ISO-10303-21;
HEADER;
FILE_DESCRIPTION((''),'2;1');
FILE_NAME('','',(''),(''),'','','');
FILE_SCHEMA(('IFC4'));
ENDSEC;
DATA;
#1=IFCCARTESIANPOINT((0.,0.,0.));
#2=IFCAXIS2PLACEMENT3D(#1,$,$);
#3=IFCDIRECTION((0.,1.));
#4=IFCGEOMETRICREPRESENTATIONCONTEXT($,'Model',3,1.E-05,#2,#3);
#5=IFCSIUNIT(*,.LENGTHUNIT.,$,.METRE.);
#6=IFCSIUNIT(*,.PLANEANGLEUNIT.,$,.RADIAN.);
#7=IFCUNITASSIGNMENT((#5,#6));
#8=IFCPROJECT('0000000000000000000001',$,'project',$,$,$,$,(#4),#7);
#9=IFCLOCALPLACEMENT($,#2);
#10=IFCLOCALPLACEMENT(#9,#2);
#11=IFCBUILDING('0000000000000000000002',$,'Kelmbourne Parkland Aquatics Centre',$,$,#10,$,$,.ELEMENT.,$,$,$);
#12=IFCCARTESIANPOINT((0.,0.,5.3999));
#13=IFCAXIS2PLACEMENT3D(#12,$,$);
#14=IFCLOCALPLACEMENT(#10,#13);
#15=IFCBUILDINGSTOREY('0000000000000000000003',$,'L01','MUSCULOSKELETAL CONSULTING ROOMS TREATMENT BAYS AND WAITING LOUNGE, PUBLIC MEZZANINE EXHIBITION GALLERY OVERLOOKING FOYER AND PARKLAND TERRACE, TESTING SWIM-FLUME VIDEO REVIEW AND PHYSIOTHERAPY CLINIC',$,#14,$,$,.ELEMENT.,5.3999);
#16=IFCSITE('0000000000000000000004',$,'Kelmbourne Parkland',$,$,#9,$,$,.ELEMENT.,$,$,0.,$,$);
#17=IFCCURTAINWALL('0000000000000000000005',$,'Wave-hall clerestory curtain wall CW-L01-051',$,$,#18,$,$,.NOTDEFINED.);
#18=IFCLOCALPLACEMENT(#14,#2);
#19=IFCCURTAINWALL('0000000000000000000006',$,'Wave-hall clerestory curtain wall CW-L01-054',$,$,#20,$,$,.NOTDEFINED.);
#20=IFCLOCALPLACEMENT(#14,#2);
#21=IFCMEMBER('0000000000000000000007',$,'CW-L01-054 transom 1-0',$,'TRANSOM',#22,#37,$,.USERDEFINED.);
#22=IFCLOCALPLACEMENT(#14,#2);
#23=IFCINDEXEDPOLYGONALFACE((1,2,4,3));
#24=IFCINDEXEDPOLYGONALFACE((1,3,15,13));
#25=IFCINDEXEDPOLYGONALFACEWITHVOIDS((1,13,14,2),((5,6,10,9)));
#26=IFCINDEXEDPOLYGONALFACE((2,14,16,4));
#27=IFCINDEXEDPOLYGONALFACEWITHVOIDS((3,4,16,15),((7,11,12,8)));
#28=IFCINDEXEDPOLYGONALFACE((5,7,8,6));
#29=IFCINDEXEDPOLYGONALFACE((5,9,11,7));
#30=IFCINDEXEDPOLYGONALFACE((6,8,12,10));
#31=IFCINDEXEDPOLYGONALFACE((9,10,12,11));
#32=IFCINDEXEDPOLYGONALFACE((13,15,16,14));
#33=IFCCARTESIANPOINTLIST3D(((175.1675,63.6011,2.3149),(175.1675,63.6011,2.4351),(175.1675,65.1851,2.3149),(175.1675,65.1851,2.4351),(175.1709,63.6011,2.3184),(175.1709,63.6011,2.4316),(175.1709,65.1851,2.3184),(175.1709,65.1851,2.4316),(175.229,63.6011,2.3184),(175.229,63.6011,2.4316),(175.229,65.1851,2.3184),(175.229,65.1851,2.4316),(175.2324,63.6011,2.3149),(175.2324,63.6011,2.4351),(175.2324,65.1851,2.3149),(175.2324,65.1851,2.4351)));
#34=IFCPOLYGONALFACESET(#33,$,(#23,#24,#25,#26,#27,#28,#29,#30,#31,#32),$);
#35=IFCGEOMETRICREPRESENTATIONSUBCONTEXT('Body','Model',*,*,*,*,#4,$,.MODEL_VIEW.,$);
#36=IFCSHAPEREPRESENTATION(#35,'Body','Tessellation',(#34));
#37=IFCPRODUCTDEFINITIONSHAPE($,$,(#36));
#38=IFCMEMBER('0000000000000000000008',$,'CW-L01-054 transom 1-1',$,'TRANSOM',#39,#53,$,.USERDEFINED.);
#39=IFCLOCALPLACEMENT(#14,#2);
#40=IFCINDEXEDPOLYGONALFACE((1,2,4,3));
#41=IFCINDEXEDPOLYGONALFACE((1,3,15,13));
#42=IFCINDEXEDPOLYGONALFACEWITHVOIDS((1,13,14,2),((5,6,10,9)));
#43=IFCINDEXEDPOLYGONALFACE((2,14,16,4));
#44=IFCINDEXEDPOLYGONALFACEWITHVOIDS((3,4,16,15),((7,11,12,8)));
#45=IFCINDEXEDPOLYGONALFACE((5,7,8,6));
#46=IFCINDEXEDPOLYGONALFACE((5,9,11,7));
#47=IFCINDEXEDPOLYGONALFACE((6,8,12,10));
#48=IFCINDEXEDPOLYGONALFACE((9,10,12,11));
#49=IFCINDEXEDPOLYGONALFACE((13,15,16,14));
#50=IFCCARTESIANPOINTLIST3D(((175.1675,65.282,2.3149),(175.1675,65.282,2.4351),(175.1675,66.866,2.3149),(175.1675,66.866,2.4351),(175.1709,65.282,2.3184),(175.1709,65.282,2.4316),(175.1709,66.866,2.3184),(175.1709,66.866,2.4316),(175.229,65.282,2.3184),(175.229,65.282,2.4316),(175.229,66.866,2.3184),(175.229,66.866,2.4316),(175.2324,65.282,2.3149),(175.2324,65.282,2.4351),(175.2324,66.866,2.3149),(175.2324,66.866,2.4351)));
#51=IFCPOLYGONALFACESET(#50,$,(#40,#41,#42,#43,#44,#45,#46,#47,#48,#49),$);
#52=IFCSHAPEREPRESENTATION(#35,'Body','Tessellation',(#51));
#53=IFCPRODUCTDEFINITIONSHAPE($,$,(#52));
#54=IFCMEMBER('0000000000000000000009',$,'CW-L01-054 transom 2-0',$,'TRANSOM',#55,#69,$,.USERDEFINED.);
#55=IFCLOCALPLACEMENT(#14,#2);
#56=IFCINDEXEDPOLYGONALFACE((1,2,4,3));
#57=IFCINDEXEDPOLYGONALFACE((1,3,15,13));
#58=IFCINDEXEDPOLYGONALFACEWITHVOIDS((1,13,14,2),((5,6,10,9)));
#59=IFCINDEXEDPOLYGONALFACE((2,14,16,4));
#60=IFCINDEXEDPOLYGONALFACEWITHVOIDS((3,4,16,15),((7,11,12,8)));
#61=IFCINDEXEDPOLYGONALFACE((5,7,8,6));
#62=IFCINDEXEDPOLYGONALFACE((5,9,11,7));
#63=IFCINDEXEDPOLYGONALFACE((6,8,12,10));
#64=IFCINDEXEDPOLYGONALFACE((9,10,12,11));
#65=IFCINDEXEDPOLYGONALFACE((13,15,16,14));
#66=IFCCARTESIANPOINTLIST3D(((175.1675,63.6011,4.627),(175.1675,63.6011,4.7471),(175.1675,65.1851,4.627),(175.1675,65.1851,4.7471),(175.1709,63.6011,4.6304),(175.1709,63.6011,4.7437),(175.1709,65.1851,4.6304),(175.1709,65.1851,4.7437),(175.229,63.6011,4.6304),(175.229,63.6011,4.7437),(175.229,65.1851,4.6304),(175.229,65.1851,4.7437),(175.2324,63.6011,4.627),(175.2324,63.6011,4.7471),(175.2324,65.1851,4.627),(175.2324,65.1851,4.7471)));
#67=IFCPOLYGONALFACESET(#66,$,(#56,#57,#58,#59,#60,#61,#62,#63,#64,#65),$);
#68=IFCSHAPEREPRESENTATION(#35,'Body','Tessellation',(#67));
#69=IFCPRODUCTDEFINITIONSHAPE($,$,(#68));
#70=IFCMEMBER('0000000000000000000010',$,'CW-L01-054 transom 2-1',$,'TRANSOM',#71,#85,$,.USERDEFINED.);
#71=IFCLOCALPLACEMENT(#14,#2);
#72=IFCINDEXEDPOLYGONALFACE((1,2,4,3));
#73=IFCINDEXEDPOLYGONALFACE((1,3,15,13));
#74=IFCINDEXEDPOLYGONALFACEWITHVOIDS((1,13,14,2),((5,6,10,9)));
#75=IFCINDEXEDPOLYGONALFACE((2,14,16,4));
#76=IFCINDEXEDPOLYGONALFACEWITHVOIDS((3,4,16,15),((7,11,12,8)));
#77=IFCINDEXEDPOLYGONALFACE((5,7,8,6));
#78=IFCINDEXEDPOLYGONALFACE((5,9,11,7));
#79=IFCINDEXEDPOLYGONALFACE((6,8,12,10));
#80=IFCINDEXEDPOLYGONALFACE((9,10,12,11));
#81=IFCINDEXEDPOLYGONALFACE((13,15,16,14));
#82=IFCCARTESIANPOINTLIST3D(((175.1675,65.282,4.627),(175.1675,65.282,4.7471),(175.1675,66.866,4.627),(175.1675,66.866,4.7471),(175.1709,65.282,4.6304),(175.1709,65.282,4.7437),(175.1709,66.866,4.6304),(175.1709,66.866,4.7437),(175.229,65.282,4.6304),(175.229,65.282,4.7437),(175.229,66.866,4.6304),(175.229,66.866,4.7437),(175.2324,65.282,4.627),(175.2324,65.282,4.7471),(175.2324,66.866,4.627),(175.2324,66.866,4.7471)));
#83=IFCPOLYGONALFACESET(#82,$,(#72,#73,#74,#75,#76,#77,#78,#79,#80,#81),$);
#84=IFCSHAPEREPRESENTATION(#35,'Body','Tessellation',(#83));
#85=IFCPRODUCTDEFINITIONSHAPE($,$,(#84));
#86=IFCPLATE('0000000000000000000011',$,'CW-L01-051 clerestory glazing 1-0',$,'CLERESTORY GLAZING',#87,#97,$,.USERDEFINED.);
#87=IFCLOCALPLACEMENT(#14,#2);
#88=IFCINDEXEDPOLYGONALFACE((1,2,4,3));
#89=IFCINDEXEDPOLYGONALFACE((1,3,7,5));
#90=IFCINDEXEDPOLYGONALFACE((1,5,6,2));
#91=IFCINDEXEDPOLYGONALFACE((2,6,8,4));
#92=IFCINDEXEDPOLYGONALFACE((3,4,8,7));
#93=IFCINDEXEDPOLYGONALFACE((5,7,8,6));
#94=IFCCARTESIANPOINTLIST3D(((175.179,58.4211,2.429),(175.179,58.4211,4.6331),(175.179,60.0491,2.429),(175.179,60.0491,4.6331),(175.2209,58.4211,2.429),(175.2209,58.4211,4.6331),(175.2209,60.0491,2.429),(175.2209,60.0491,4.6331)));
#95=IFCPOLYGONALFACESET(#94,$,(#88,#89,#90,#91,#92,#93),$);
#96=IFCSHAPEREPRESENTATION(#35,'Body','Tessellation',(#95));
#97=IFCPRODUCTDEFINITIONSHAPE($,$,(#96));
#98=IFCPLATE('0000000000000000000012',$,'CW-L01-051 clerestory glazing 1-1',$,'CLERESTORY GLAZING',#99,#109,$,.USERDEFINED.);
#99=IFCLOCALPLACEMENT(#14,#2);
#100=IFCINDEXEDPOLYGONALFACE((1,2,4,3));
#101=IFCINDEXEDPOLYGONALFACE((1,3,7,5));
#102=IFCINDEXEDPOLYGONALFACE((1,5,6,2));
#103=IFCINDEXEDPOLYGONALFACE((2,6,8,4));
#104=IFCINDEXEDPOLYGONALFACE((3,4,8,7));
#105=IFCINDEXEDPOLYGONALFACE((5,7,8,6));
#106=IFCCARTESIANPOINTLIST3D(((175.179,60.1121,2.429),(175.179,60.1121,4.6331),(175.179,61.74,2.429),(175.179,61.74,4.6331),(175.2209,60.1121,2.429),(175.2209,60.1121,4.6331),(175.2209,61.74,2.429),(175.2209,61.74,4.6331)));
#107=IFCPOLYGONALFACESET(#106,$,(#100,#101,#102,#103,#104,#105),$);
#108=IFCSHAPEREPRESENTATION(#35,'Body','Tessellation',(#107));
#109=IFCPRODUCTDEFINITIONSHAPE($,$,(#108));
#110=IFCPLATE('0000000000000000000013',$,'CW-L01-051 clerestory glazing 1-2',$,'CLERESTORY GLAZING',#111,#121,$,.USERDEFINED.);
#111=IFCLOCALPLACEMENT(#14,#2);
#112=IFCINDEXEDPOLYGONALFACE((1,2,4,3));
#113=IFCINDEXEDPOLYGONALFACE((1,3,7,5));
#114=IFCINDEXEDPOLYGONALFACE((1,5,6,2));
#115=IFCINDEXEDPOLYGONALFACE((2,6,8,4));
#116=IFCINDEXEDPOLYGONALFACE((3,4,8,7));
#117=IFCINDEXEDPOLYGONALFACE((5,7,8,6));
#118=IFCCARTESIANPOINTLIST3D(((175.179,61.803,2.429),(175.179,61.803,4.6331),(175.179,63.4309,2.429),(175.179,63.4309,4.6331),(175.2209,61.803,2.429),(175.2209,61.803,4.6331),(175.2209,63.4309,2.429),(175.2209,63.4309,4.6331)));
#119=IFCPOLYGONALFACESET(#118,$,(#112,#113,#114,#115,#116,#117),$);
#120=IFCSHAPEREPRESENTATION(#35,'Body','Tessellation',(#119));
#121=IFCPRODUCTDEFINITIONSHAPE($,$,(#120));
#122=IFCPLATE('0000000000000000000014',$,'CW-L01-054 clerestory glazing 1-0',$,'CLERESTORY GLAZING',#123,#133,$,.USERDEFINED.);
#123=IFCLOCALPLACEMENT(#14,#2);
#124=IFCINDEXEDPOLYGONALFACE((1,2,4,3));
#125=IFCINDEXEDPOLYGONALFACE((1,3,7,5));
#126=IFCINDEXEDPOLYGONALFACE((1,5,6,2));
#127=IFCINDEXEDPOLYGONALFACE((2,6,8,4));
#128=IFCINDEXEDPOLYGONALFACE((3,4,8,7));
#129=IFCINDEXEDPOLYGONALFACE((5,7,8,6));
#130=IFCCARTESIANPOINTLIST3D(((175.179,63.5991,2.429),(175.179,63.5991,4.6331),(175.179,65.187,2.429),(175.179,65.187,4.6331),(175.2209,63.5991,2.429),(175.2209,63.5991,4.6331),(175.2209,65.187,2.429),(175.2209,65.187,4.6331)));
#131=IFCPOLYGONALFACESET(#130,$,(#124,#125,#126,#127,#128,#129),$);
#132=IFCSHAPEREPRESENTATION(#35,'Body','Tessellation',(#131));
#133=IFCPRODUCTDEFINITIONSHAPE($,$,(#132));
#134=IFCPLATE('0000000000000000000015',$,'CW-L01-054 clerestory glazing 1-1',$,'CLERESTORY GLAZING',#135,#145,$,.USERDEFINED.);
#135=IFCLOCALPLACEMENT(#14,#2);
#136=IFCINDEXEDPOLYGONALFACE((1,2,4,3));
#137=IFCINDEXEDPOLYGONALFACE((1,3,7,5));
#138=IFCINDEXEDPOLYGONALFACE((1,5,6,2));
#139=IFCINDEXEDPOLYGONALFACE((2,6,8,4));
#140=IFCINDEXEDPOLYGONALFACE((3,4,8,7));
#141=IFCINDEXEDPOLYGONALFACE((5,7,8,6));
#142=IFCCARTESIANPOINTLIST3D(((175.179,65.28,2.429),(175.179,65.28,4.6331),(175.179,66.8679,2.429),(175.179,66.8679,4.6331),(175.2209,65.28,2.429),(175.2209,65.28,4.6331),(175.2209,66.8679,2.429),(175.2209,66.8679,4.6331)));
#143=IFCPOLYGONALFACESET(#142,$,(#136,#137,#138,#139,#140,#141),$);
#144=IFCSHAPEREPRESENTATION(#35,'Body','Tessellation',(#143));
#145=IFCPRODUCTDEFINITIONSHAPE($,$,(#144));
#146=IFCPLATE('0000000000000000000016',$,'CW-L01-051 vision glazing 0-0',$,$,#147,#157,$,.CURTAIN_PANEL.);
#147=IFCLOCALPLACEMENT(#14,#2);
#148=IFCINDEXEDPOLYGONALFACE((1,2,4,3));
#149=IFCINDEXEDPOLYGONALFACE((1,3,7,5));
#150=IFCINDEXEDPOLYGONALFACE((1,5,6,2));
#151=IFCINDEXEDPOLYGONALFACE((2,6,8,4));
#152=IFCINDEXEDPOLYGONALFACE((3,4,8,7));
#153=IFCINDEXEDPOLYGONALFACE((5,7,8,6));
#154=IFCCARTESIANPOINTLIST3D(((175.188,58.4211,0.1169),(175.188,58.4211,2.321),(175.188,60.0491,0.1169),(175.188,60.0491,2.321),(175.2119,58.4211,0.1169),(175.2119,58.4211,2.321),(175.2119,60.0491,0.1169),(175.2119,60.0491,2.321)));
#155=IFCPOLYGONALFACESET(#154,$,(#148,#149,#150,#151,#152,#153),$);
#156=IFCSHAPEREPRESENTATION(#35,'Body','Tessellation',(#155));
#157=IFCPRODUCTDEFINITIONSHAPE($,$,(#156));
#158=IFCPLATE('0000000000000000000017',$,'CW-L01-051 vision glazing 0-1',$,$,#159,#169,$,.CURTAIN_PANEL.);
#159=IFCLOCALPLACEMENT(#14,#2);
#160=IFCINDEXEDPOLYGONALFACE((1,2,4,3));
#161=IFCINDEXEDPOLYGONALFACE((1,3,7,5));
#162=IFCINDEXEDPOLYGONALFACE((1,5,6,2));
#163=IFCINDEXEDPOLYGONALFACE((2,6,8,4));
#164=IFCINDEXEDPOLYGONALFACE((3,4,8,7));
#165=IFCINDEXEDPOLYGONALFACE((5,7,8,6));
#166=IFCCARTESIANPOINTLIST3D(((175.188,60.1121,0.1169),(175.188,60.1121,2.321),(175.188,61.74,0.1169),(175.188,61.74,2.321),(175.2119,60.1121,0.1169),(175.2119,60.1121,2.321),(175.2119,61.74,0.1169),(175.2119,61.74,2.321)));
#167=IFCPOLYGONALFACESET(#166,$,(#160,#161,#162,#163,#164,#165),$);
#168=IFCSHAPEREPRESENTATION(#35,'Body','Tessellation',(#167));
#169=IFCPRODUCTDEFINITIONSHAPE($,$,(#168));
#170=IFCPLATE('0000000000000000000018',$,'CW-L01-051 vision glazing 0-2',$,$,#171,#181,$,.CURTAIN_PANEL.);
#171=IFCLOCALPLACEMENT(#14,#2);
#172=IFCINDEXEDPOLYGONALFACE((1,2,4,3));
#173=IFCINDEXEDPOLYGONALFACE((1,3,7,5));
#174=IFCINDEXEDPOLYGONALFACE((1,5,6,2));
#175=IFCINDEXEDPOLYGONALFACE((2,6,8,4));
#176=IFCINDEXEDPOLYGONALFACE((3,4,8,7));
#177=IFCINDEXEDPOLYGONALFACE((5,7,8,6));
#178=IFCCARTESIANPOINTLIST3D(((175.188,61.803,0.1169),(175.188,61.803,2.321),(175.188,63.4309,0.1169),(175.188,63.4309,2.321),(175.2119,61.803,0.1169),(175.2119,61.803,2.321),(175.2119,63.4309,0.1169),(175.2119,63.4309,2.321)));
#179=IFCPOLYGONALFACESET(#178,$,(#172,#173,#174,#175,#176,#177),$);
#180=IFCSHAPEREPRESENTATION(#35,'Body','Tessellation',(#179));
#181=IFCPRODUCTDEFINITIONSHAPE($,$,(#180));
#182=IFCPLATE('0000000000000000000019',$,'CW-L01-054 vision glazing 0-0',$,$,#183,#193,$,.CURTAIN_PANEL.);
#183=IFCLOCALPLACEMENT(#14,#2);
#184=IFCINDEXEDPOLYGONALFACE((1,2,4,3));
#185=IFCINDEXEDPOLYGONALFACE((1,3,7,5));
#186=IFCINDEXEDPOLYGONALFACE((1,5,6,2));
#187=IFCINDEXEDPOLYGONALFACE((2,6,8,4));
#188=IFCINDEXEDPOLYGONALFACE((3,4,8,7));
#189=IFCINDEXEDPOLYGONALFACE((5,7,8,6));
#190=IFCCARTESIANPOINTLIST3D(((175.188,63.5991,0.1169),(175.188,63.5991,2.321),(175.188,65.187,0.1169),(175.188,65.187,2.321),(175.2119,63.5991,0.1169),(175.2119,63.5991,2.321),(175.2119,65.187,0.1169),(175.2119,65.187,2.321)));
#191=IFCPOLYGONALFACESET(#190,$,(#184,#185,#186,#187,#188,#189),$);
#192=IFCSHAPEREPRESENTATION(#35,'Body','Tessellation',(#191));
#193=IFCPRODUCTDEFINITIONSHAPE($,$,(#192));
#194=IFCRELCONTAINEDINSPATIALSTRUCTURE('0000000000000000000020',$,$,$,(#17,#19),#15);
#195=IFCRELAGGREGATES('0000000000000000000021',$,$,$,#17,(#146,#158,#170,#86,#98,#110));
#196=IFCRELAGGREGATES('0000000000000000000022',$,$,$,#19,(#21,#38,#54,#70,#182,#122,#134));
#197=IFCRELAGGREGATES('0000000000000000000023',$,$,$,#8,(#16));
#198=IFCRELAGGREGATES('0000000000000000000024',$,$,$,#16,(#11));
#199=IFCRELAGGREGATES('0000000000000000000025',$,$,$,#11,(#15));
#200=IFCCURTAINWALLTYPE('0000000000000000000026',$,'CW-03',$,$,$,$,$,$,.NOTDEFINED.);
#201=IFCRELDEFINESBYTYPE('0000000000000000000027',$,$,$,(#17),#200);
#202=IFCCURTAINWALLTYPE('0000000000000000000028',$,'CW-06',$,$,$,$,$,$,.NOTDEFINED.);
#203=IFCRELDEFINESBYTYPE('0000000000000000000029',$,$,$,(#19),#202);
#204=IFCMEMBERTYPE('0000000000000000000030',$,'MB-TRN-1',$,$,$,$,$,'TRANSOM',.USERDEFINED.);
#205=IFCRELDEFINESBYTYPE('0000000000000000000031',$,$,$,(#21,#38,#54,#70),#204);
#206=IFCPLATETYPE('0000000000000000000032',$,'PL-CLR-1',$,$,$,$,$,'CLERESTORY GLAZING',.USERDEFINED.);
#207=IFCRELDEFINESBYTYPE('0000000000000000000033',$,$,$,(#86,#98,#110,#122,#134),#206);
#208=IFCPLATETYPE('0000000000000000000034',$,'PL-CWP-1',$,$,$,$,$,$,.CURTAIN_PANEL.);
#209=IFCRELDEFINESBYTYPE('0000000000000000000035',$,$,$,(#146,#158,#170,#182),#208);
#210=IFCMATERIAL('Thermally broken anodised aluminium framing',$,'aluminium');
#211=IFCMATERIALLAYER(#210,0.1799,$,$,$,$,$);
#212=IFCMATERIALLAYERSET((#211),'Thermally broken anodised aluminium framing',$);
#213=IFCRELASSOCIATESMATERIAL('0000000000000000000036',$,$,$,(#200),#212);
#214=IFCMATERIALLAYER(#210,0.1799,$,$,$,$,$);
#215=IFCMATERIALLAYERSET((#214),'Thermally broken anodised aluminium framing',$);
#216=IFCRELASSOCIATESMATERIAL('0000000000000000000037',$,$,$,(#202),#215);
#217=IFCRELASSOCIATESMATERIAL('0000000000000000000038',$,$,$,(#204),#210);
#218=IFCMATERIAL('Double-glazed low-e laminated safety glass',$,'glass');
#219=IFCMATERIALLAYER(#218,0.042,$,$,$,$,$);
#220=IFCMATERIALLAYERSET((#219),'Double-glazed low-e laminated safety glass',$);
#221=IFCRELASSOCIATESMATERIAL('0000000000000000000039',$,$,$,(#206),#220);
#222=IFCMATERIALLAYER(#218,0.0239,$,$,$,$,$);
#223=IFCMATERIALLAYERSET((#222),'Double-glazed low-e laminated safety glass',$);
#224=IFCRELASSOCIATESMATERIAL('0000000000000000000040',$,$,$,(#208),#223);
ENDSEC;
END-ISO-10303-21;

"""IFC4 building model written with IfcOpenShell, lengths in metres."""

from ifc_helpers import new_model, si_unit, direction, frame, origin, origin_2d, place, context, subcontext, project, spatial, rectangle, hollow_rectangle, extrude, material, layer, layer_set, material_profile, profile_set, type_object, element, aggregate, save


model = new_model("IFC4")

# Units and contexts
model_context = context("Model", 3, precision=1e-05, world=origin(), true_north=direction((0.0, 1.0)))
body_context = subcontext(model_context, "Body", "Model", "MODEL_VIEW")
ifc_project = project(units=[si_unit("LENGTHUNIT", "METRE"), si_unit("PLANEANGLEUNIT", "RADIAN")], contexts=[model_context])

# Site, building, storey
site_placement = place(None, origin())
site = spatial("IfcSite", under=ifc_project, at=site_placement, Name="Kelmbourne Parkland", CompositionType="ELEMENT", RefElevation=0.0)
building_placement = place(site_placement, origin())
building = spatial("IfcBuilding", under=site, at=building_placement, Name="Kelmbourne Parkland Aquatics Centre", CompositionType="ELEMENT")
storey_placement = place(building_placement, frame((0.0, 0.0, 5.3999)))
storey = spatial("IfcBuildingStorey", under=building, at=storey_placement, Name="L01", Description="MUSCULOSKELETAL CONSULTING ROOMS TREATMENT BAYS AND WAITING LOUNGE, PUBLIC MEZZANINE EXHIBITION GALLERY OVERLOOKING FOYER AND PARKLAND TERRACE, TESTING SWIM-FLUME VIDEO REVIEW AND PHYSIOTHERAPY CLINIC", CompositionType="ELEMENT", Elevation=5.3999)

# Curtain wall
ifc_material_1 = material(Name="Thermally broken anodised aluminium framing", Category="aluminium")
ifc_layer_1 = layer(ifc_material_1, 0.1799)
ifc_layer_set_1 = layer_set([ifc_layer_1], Name="Thermally broken anodised aluminium framing")
curtain_wall_type_1 = type_object("IfcCurtainWallType", Name="CW-03", PredefinedType="NOTDEFINED", material=ifc_layer_set_1)
curtain_wall_1_placement = place(storey_placement, origin())
curtain_wall_1 = element("IfcCurtainWall", 1, at=curtain_wall_1_placement, inside=storey, type_object=curtain_wall_type_1, Name="Wave-hall clerestory curtain wall CW-L01-051", PredefinedType="NOTDEFINED")

# Curtain wall
ifc_layer_2 = layer(ifc_material_1, 0.1799)
ifc_layer_set_2 = layer_set([ifc_layer_2], Name="Thermally broken anodised aluminium framing")
curtain_wall_type_2 = type_object("IfcCurtainWallType", Name="CW-06", PredefinedType="NOTDEFINED", material=ifc_layer_set_2)
curtain_wall_2_placement = place(storey_placement, origin())
curtain_wall_2 = element("IfcCurtainWall", 2, at=curtain_wall_2_placement, inside=storey, type_object=curtain_wall_type_2, Name="Wave-hall clerestory curtain wall CW-L01-054", PredefinedType="NOTDEFINED")

# Members
ifc_material_profile_1 = material_profile(ifc_material_1, hollow_rectangle(XDim=0.0649, YDim=0.1201, WallThickness=0.0034, at=origin_2d()), Name="CW-T 65x120")
ifc_profile_set_1 = profile_set([ifc_material_profile_1], Name="Thermally broken anodised aluminium framing")
member_type_1 = type_object("IfcMemberType", Name="MB-TRN-1", ElementType="TRANSOM", PredefinedType="USERDEFINED", material=ifc_profile_set_1)
member_1_placement = place(storey_placement, frame((175.2, 63.6011, 2.375), z_axis=(0.0, 1.0, 0.0), x_axis=(-1.0, 0.0, 0.0)))
member_1 = element("IfcMember", 3, at=member_1_placement, type_object=member_type_1, Name="CW-L01-054 transom 1-0", ObjectType="TRANSOM", PredefinedType="USERDEFINED", context=body_context, shape_type="SweptSolid", body=[
    extrude(hollow_rectangle(XDim=0.0649, YDim=0.1201, WallThickness=0.0034, at=origin_2d()), origin(), (0.0, 0.0, 1.0), 1.584),
])
member_2_placement = place(storey_placement, frame((175.2, 65.282, 2.375), z_axis=(0.0, 1.0, 0.0), x_axis=(-1.0, 0.0, 0.0)))
member_2 = element("IfcMember", 4, at=member_2_placement, type_object=member_type_1, Name="CW-L01-054 transom 1-1", ObjectType="TRANSOM", PredefinedType="USERDEFINED", context=body_context, shape_type="SweptSolid", body=[
    extrude(hollow_rectangle(XDim=0.0649, YDim=0.1201, WallThickness=0.0034, at=origin_2d()), origin(), (0.0, 0.0, 1.0), 1.584),
])
member_3_placement = place(storey_placement, frame((175.2, 63.6011, 4.687), z_axis=(0.0, 1.0, 0.0), x_axis=(-1.0, 0.0, 0.0)))
member_3 = element("IfcMember", 5, at=member_3_placement, type_object=member_type_1, Name="CW-L01-054 transom 2-0", ObjectType="TRANSOM", PredefinedType="USERDEFINED", context=body_context, shape_type="SweptSolid", body=[
    extrude(hollow_rectangle(XDim=0.0649, YDim=0.1201, WallThickness=0.0034, at=origin_2d()), origin(), (0.0, 0.0, 1.0), 1.584),
])
member_4_placement = place(storey_placement, frame((175.2, 65.282, 4.687), z_axis=(0.0, 1.0, 0.0), x_axis=(-1.0, 0.0, 0.0)))
member_4 = element("IfcMember", 6, at=member_4_placement, type_object=member_type_1, Name="CW-L01-054 transom 2-1", ObjectType="TRANSOM", PredefinedType="USERDEFINED", context=body_context, shape_type="SweptSolid", body=[
    extrude(hollow_rectangle(XDim=0.0649, YDim=0.1201, WallThickness=0.0034, at=origin_2d()), origin(), (0.0, 0.0, 1.0), 1.584),
])

# Plates
ifc_material_2 = material(Name="Double-glazed low-e laminated safety glass", Category="glass")
ifc_layer_3 = layer(ifc_material_2, 0.042)
ifc_layer_set_3 = layer_set([ifc_layer_3], Name="Double-glazed low-e laminated safety glass")
plate_type_1 = type_object("IfcPlateType", Name="PL-CLR-1", ElementType="CLERESTORY GLAZING", PredefinedType="USERDEFINED", material=ifc_layer_set_3)
plate_1_placement = place(storey_placement, frame((175.2, 59.2351, 2.429), z_axis=(0.0, 0.0, 1.0), x_axis=(0.0, 1.0, 0.0)))
plate_1 = element("IfcPlate", 7, at=plate_1_placement, type_object=plate_type_1, Name="CW-L01-051 clerestory glazing 1-0", ObjectType="CLERESTORY GLAZING", PredefinedType="USERDEFINED", context=body_context, shape_type="SweptSolid", body=[
    extrude(rectangle(XDim=1.6279, YDim=0.042, at=origin_2d()), origin(), (0.0, 0.0, 1.0), 2.2041),
])
plate_2_placement = place(storey_placement, frame((175.2, 60.926, 2.429), z_axis=(0.0, 0.0, 1.0), x_axis=(0.0, 1.0, 0.0)))
plate_2 = element("IfcPlate", 8, at=plate_2_placement, type_object=plate_type_1, Name="CW-L01-051 clerestory glazing 1-1", ObjectType="CLERESTORY GLAZING", PredefinedType="USERDEFINED", context=body_context, shape_type="SweptSolid", body=[
    extrude(rectangle(XDim=1.6279, YDim=0.042, at=origin_2d()), origin(), (0.0, 0.0, 1.0), 2.2041),
])
plate_3_placement = place(storey_placement, frame((175.2, 62.6169, 2.429), z_axis=(0.0, 0.0, 1.0), x_axis=(0.0, 1.0, 0.0)))
plate_3 = element("IfcPlate", 9, at=plate_3_placement, type_object=plate_type_1, Name="CW-L01-051 clerestory glazing 1-2", ObjectType="CLERESTORY GLAZING", PredefinedType="USERDEFINED", context=body_context, shape_type="SweptSolid", body=[
    extrude(rectangle(XDim=1.6279, YDim=0.042, at=origin_2d()), origin(), (0.0, 0.0, 1.0), 2.2041),
])
plate_4_placement = place(storey_placement, frame((175.2, 64.3931, 2.429), z_axis=(0.0, 0.0, 1.0), x_axis=(0.0, 1.0, 0.0)))
plate_4 = element("IfcPlate", 10, at=plate_4_placement, type_object=plate_type_1, Name="CW-L01-054 clerestory glazing 1-0", ObjectType="CLERESTORY GLAZING", PredefinedType="USERDEFINED", context=body_context, shape_type="SweptSolid", body=[
    extrude(rectangle(XDim=1.5879, YDim=0.042, at=origin_2d()), origin(), (0.0, 0.0, 1.0), 2.2041),
])
plate_5_placement = place(storey_placement, frame((175.2, 66.074, 2.429), z_axis=(0.0, 0.0, 1.0), x_axis=(0.0, 1.0, 0.0)))
plate_5 = element("IfcPlate", 11, at=plate_5_placement, type_object=plate_type_1, Name="CW-L01-054 clerestory glazing 1-1", ObjectType="CLERESTORY GLAZING", PredefinedType="USERDEFINED", context=body_context, shape_type="SweptSolid", body=[
    extrude(rectangle(XDim=1.5879, YDim=0.042, at=origin_2d()), origin(), (0.0, 0.0, 1.0), 2.2041),
])
ifc_layer_4 = layer(ifc_material_2, 0.0239)
ifc_layer_set_4 = layer_set([ifc_layer_4], Name="Double-glazed low-e laminated safety glass")
plate_type_2 = type_object("IfcPlateType", Name="PL-CWP-1", PredefinedType="CURTAIN_PANEL", material=ifc_layer_set_4)
plate_6_placement = place(storey_placement, frame((175.2, 59.2351, 0.1169), z_axis=(0.0, 0.0, 1.0), x_axis=(0.0, 1.0, 0.0)))
plate_6 = element("IfcPlate", 12, at=plate_6_placement, type_object=plate_type_2, Name="CW-L01-051 vision glazing 0-0", PredefinedType="CURTAIN_PANEL", context=body_context, shape_type="SweptSolid", body=[
    extrude(rectangle(XDim=1.6279, YDim=0.0239, at=origin_2d()), origin(), (0.0, 0.0, 1.0), 2.2041),
])
plate_7_placement = place(storey_placement, frame((175.2, 60.926, 0.1169), z_axis=(0.0, 0.0, 1.0), x_axis=(0.0, 1.0, 0.0)))
plate_7 = element("IfcPlate", 13, at=plate_7_placement, type_object=plate_type_2, Name="CW-L01-051 vision glazing 0-1", PredefinedType="CURTAIN_PANEL", context=body_context, shape_type="SweptSolid", body=[
    extrude(rectangle(XDim=1.6279, YDim=0.0239, at=origin_2d()), origin(), (0.0, 0.0, 1.0), 2.2041),
])
plate_8_placement = place(storey_placement, frame((175.2, 62.6169, 0.1169), z_axis=(0.0, 0.0, 1.0), x_axis=(0.0, 1.0, 0.0)))
plate_8 = element("IfcPlate", 14, at=plate_8_placement, type_object=plate_type_2, Name="CW-L01-051 vision glazing 0-2", PredefinedType="CURTAIN_PANEL", context=body_context, shape_type="SweptSolid", body=[
    extrude(rectangle(XDim=1.6279, YDim=0.0239, at=origin_2d()), origin(), (0.0, 0.0, 1.0), 2.2041),
])
aggregate(curtain_wall_1, [plate_6, plate_7, plate_8, plate_1, plate_2, plate_3])
plate_9_placement = place(storey_placement, frame((175.2, 64.3931, 0.1169), z_axis=(0.0, 0.0, 1.0), x_axis=(0.0, 1.0, 0.0)))
plate_9 = element("IfcPlate", 15, at=plate_9_placement, type_object=plate_type_2, Name="CW-L01-054 vision glazing 0-0", PredefinedType="CURTAIN_PANEL", context=body_context, shape_type="SweptSolid", body=[
    extrude(rectangle(XDim=1.5879, YDim=0.0239, at=origin_2d()), origin(), (0.0, 0.0, 1.0), 2.2041),
])
aggregate(curtain_wall_2, [member_1, member_2, member_3, member_4, plate_9, plate_4, plate_5])

save(model, "model.ifc")
